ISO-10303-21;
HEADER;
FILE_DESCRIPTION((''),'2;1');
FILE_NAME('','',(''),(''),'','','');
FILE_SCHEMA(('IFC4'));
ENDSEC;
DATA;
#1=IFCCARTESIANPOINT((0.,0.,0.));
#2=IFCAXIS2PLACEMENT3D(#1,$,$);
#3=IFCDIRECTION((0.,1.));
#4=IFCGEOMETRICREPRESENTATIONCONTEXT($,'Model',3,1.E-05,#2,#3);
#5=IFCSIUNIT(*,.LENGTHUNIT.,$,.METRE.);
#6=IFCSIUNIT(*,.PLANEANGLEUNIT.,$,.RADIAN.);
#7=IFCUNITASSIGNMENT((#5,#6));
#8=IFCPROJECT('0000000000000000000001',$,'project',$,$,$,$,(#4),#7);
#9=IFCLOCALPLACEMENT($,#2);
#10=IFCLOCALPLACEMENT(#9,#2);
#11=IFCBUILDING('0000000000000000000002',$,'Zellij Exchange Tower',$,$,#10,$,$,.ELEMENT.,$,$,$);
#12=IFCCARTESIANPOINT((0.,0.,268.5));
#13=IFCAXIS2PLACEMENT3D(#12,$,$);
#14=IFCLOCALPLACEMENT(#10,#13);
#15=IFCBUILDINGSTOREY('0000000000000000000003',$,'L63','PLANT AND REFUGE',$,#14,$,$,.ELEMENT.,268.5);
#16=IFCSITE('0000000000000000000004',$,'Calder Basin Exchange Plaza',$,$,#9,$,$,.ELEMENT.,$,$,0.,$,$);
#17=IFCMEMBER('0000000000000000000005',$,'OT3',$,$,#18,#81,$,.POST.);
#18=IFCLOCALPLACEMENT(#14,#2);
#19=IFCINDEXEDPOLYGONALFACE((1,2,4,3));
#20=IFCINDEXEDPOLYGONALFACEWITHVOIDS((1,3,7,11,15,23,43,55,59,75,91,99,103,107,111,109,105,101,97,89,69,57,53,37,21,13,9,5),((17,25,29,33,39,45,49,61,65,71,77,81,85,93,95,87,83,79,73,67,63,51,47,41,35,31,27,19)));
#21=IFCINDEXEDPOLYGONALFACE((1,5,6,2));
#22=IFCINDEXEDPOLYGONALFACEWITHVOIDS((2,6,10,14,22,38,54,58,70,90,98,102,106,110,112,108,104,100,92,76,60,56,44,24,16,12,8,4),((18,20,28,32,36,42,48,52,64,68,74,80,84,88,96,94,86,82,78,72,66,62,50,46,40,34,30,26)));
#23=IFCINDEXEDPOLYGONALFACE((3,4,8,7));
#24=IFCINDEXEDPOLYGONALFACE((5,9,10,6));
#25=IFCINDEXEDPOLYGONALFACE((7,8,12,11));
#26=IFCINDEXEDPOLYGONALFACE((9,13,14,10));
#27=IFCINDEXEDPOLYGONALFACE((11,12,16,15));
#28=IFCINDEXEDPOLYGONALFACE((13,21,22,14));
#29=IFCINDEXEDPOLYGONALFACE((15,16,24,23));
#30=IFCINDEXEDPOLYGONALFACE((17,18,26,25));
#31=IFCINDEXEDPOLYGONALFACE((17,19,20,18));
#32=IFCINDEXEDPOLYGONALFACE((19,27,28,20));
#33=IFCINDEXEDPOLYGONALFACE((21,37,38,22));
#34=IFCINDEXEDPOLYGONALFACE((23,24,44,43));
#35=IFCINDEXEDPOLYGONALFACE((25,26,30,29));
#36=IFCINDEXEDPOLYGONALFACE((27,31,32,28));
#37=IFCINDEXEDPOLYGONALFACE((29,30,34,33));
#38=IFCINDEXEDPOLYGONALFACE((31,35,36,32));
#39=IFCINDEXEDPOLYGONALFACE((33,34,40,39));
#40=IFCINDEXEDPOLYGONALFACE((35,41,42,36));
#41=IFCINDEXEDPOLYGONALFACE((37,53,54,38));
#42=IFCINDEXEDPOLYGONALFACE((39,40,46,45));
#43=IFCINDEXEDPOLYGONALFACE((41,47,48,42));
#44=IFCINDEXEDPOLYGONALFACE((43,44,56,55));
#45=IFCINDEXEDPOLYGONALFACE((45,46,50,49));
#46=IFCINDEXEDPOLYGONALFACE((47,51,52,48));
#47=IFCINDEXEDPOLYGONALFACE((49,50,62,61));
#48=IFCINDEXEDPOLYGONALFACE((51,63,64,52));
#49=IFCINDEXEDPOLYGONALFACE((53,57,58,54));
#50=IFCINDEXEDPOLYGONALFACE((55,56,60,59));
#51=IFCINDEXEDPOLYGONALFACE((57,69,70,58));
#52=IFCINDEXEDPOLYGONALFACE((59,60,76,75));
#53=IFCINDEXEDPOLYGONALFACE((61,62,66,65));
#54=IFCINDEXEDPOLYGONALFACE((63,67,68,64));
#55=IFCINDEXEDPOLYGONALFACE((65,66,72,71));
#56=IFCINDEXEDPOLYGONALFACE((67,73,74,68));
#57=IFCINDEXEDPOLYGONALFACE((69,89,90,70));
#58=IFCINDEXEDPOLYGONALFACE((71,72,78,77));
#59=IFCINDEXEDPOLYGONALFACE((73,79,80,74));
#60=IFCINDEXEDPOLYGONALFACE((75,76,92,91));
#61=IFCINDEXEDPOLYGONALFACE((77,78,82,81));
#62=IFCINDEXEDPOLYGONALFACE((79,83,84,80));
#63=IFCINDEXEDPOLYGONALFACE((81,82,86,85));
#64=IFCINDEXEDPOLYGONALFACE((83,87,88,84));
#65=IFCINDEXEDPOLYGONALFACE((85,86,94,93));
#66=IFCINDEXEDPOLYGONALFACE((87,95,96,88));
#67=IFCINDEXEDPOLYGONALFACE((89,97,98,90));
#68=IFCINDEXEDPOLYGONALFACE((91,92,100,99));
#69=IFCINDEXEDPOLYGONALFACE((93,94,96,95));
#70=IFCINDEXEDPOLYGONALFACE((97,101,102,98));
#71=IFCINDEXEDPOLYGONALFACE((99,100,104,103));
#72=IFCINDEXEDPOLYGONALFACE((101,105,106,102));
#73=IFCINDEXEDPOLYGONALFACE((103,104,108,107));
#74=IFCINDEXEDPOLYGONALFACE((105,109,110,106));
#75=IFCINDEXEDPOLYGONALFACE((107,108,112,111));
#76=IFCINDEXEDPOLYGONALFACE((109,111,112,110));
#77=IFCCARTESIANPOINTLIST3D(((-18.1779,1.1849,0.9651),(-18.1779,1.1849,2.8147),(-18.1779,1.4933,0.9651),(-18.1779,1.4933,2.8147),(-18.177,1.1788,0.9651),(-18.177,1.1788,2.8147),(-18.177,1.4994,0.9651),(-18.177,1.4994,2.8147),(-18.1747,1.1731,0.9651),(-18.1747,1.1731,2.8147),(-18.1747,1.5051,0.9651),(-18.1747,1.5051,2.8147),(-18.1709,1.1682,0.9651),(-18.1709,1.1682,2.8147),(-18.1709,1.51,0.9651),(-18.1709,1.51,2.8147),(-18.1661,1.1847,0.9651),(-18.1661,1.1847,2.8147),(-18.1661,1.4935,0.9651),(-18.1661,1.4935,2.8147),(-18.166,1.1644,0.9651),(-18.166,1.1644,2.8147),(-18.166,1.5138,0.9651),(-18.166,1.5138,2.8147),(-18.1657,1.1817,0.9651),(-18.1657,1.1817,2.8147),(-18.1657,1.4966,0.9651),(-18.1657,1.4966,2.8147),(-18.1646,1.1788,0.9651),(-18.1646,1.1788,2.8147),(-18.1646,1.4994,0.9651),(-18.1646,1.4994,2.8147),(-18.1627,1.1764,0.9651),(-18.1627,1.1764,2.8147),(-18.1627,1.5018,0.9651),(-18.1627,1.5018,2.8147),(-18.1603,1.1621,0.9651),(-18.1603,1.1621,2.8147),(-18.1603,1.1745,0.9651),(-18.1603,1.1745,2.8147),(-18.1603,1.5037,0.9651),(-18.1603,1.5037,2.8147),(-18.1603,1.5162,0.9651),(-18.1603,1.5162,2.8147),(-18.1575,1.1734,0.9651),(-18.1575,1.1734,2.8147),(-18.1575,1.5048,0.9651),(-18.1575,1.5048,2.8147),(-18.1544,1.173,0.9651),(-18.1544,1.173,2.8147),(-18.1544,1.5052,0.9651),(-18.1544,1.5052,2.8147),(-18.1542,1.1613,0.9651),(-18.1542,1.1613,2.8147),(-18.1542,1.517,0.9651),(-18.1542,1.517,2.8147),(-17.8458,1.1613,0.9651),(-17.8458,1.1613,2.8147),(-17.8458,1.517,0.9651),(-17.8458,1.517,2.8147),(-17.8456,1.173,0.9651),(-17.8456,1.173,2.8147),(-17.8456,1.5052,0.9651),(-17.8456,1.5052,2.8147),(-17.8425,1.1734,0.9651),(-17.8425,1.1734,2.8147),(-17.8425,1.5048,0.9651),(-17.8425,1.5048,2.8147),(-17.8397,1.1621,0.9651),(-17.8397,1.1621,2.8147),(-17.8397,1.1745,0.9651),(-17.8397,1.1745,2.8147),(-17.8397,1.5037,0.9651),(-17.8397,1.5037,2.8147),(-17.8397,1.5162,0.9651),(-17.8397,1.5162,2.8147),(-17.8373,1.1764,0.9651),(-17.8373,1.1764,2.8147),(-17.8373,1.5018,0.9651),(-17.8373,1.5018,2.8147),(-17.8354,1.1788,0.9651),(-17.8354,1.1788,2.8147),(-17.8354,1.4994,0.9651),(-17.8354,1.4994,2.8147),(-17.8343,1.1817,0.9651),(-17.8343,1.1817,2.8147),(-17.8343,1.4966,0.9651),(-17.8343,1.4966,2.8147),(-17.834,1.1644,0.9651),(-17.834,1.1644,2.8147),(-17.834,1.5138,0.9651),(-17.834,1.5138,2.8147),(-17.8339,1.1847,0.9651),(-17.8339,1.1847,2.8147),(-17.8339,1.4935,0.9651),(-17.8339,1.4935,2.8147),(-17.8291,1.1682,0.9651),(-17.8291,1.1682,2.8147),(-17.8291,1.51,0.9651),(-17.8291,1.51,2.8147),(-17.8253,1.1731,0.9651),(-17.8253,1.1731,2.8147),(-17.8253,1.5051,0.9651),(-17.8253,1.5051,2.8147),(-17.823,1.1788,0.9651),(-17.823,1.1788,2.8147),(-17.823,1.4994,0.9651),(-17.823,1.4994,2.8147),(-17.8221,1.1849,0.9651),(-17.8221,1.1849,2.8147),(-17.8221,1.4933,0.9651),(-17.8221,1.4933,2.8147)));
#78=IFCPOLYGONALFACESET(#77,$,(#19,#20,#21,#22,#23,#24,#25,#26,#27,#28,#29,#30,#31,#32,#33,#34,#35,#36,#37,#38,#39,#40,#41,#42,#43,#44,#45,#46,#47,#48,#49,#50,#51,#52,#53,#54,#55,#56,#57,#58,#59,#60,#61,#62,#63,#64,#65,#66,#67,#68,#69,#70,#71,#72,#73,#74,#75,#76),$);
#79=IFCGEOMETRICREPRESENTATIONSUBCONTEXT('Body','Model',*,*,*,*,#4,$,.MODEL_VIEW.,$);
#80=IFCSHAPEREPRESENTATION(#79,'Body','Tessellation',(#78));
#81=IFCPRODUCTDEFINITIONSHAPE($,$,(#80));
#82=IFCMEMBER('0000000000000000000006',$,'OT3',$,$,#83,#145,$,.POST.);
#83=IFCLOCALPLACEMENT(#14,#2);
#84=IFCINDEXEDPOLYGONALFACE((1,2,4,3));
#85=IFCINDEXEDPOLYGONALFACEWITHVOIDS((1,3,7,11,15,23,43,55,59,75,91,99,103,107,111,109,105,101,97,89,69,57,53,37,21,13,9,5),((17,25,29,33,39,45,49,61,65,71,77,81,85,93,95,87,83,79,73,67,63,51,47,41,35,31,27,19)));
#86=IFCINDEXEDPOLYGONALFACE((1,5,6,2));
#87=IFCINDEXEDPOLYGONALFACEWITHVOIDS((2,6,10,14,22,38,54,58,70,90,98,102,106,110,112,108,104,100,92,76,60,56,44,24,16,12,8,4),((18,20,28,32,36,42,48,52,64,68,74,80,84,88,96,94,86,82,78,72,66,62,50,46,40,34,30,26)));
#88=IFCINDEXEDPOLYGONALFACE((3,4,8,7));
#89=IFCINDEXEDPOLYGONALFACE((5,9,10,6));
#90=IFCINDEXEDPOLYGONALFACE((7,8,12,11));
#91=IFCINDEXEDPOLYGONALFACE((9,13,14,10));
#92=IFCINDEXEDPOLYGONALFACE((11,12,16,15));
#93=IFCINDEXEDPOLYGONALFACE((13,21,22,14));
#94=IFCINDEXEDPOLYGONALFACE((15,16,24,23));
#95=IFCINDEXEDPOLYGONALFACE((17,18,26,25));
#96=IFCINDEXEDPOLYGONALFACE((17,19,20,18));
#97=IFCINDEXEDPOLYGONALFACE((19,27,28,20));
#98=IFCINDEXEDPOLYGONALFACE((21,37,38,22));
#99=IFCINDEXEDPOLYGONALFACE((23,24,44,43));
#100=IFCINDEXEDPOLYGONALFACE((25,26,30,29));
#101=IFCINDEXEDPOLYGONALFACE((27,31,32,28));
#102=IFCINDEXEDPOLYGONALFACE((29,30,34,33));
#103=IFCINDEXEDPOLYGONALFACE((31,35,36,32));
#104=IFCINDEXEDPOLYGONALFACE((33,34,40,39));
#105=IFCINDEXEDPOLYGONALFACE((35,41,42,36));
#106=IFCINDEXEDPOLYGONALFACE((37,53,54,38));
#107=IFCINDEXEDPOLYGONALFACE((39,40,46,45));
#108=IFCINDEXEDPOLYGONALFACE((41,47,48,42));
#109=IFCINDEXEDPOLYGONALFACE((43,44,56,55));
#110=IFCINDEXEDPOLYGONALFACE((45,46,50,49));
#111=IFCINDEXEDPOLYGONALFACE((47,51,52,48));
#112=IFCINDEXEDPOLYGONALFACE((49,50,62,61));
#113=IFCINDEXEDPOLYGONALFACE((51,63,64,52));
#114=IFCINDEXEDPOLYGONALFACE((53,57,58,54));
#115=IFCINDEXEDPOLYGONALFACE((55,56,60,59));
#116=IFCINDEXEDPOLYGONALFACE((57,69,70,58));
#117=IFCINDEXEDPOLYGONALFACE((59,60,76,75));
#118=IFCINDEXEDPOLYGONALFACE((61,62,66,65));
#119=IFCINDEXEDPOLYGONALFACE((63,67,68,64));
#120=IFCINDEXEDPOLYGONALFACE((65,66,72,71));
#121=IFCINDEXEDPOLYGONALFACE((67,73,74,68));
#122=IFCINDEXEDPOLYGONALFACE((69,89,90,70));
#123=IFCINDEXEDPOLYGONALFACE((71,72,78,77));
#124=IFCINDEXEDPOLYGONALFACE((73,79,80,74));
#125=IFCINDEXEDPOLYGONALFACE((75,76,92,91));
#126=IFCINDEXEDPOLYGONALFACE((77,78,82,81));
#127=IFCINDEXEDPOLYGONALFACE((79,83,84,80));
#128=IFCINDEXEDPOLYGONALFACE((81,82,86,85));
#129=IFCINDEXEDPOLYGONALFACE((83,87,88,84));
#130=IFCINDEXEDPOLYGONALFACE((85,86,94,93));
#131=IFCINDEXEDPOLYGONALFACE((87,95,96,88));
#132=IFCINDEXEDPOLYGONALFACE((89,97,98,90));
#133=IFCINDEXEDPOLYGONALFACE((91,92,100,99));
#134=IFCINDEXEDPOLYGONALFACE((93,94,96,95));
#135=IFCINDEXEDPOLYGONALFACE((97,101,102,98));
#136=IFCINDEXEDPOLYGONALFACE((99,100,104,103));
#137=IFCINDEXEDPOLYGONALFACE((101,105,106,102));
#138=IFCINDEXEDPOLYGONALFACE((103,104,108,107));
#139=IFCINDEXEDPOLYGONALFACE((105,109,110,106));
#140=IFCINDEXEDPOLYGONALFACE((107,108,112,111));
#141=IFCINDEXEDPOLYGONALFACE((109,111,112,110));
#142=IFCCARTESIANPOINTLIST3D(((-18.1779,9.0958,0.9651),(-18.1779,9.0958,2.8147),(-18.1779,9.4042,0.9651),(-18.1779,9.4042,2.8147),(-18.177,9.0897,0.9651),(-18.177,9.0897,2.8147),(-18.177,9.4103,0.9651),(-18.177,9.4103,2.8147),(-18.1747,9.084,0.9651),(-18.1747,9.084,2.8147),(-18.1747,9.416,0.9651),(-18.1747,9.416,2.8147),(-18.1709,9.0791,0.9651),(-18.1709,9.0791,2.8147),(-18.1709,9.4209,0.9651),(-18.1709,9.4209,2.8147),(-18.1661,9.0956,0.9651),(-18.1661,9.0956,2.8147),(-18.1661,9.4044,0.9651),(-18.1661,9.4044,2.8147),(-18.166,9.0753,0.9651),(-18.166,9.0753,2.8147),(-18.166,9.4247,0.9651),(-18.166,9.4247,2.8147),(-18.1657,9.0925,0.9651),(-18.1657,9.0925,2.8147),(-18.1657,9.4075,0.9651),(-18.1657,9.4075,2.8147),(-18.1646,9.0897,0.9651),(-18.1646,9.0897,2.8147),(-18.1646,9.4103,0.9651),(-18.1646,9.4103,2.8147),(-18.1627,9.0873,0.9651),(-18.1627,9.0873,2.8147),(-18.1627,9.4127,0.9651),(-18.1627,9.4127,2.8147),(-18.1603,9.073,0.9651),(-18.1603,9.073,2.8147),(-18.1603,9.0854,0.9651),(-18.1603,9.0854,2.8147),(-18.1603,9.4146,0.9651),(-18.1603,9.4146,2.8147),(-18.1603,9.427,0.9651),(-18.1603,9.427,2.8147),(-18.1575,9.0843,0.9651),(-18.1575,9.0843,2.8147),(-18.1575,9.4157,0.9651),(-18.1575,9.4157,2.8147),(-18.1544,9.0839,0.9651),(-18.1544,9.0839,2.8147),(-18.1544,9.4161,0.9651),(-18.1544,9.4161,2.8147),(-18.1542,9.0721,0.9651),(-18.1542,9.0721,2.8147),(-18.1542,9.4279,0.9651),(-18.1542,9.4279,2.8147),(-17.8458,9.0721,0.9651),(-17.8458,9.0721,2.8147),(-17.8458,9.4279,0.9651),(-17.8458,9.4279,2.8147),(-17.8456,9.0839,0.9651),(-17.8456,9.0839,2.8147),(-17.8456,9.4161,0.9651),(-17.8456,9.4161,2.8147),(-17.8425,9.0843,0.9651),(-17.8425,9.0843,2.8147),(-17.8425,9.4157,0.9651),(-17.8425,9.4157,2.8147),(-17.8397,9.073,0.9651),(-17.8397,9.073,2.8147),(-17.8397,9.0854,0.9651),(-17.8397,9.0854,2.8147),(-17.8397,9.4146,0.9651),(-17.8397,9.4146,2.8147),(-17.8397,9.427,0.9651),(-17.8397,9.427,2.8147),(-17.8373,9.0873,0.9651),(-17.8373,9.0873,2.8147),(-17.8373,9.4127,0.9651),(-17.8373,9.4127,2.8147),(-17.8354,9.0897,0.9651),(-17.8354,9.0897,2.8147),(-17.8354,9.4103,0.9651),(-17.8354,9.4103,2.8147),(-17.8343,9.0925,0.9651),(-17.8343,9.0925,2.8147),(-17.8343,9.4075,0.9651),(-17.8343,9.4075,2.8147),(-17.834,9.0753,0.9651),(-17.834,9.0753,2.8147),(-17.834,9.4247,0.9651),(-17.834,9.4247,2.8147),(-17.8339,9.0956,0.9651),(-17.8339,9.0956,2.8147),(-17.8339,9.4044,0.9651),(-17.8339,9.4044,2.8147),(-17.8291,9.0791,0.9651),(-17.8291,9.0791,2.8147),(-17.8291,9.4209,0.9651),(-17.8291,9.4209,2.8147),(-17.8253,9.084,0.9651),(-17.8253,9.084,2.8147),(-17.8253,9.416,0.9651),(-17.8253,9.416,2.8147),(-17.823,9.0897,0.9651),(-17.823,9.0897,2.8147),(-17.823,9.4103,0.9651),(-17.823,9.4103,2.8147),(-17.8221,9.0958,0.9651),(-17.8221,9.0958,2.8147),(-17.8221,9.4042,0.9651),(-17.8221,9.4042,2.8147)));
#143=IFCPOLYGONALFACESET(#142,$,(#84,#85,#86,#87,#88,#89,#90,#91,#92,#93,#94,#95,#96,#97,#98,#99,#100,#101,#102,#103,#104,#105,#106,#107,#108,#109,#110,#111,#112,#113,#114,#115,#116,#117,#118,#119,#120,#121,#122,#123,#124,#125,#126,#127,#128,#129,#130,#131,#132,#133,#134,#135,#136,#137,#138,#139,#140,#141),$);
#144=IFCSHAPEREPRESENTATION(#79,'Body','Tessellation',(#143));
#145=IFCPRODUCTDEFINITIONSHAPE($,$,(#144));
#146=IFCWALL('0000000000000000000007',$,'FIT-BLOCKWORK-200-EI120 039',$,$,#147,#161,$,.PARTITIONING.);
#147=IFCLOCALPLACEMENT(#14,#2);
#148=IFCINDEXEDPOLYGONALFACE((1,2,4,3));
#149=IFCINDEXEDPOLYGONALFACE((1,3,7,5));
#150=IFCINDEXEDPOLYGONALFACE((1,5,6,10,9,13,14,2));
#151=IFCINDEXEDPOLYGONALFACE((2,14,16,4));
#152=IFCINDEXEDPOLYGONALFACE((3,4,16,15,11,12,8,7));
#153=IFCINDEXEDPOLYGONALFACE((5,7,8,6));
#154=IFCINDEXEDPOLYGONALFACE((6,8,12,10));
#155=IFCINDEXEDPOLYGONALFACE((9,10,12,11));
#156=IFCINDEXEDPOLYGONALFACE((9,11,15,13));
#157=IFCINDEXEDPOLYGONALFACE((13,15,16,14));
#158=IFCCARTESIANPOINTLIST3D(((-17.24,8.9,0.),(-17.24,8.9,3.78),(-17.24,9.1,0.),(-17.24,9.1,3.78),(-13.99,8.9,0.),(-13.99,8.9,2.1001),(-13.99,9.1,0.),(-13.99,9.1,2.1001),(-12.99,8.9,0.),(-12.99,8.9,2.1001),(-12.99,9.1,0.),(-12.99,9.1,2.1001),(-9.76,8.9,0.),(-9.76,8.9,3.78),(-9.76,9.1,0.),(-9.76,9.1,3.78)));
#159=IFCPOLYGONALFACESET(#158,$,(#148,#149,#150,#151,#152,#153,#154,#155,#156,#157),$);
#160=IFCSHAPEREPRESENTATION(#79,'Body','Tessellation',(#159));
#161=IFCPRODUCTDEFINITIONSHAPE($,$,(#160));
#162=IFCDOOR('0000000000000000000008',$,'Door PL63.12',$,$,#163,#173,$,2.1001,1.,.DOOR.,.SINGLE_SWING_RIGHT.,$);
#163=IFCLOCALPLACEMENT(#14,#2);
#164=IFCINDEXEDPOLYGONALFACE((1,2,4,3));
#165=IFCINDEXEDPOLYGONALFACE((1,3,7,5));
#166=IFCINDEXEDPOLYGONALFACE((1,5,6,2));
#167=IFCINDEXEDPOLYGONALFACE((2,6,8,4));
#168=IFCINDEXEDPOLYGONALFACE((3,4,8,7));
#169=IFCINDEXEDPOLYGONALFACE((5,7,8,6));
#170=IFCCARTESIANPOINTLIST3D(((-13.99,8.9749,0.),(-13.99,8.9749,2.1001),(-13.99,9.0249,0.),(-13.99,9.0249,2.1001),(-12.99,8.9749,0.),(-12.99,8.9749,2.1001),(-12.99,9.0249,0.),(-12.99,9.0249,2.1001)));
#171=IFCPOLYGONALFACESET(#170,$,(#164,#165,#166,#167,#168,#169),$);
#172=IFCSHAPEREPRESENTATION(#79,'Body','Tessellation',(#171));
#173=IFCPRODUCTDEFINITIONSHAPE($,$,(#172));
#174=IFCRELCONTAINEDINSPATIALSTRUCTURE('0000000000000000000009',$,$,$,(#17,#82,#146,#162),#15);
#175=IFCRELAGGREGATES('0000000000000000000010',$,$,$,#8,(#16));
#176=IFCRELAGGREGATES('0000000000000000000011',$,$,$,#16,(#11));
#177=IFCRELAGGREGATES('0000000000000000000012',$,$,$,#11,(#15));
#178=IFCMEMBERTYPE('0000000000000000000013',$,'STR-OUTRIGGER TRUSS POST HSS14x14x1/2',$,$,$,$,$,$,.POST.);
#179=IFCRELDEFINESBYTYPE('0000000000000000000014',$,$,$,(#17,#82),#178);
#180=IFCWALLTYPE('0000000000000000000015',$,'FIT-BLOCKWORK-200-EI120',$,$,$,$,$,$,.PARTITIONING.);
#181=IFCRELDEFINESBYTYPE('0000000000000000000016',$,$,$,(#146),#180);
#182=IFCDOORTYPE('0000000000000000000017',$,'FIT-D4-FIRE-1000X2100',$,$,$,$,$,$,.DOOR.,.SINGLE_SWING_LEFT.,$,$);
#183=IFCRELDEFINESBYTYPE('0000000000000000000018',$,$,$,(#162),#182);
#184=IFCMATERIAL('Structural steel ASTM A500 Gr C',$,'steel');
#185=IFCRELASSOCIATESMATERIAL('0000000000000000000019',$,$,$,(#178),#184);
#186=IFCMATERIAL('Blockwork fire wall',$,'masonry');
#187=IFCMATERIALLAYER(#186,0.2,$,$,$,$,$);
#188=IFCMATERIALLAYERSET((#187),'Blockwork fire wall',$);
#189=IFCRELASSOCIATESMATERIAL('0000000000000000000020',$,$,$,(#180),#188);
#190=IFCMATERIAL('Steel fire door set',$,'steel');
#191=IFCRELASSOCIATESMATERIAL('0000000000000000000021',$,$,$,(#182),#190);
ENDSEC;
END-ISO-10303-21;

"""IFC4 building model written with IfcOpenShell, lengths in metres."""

from ifc_helpers import new_model, si_unit, direction, frame, frame_2d, origin, origin_2d, place, context, subcontext, project, spatial, rectangle, hollow_rectangle, extrude, material, layer, layer_set, material_profile, profile_set, type_object, element, fill, save


model = new_model("IFC4")

# Units and contexts
model_context = context("Model", 3, precision=1e-05, world=origin(), true_north=direction((0.0, 1.0)))
body_context = subcontext(model_context, "Body", "Model", "MODEL_VIEW")
ifc_project = project(units=[si_unit("LENGTHUNIT", "METRE"), si_unit("PLANEANGLEUNIT", "RADIAN")], contexts=[model_context])

# Site, building, storey
site_placement = place(None, origin())
site = spatial("IfcSite", under=ifc_project, at=site_placement, Name="Calder Basin Exchange Plaza", CompositionType="ELEMENT", RefElevation=0.0)
building_placement = place(site_placement, origin())
building = spatial("IfcBuilding", under=site, at=building_placement, Name="Zellij Exchange Tower", CompositionType="ELEMENT")
storey_placement = place(building_placement, frame((0.0, 0.0, 268.5)))
storey = spatial("IfcBuildingStorey", under=building, at=storey_placement, Name="L63", Description="PLANT AND REFUGE", CompositionType="ELEMENT", Elevation=268.5)

# Members
ifc_material_1 = material(Name="Structural steel ASTM A500 Gr C", Category="steel")
ifc_material_profile_1 = material_profile(ifc_material_1, hollow_rectangle(XDim=0.3557, YDim=0.3557, WallThickness=0.0117, InnerFilletRadius=0.0117, OuterFilletRadius=0.0237, at=origin_2d()), Name="STR-OUTRIGGER TRUSS POST HSS14x14x1/2")
ifc_profile_set_1 = profile_set([ifc_material_profile_1], Name="Structural steel ASTM A500 Gr C")
member_type_1 = type_object("IfcMemberType", Name="STR-OUTRIGGER TRUSS POST HSS14x14x1/2", PredefinedType="POST", material=ifc_profile_set_1)
for number, where, z_axis, x_axis, name in (
    (1, (-18.0, 1.3391, 0.9651), (0.0, 0.0, 1.0), (1.0, 0.0, 0.0), "OT3"),
    (2, (-18.0, 9.25, 0.9651), (0.0, 0.0, 1.0), (1.0, 0.0, 0.0), "OT3"),
):
    element("IfcMember", number, at=place(storey_placement, frame(where, z_axis=z_axis, x_axis=x_axis)), inside=storey, type_object=member_type_1, Name=name, PredefinedType="POST", context=body_context, shape_type="SweptSolid", body=[
        extrude(hollow_rectangle(XDim=0.3557, YDim=0.3557, WallThickness=0.0117, InnerFilletRadius=0.0117, OuterFilletRadius=0.0237, at=origin_2d()), origin(), (0.0, 0.0, 1.0), 1.8496),
    ])

# Wall, opening, door
ifc_material_2 = material(Name="Blockwork fire wall", Category="masonry")
ifc_layer = layer(ifc_material_2, 0.2)
ifc_layer_set = layer_set([ifc_layer], Name="Blockwork fire wall")
wall_type = type_object("IfcWallType", Name="FIT-BLOCKWORK-200-EI120", PredefinedType="PARTITIONING", material=ifc_layer_set)
wall_1_placement = place(storey_placement, frame((-17.24, 9.0, 0.0), z_axis=(0.0, 0.0, 1.0), x_axis=(1.0, 0.0, 0.0)))
wall_1 = element("IfcWall", 3, at=wall_1_placement, inside=storey, type_object=wall_type, Name="FIT-BLOCKWORK-200-EI120 039", PredefinedType="PARTITIONING", context=body_context, shape_type="SweptSolid", body=[
    extrude(rectangle(XDim=7.48, YDim=0.2, at=frame_2d((3.74, 0.0))), origin(), (0.0, 0.0, 1.0), 3.78),
])
opening_1_placement = place(wall_1_placement, frame((3.25, 0.0, 0.0)))
opening_1 = element("IfcOpeningElement", 4, at=opening_1_placement, cuts=wall_1, PredefinedType="OPENING", context=body_context, shape_type="SweptSolid", body=[
    extrude(rectangle(XDim=1.0, YDim=2.1001, at=frame_2d((0.5, 1.05))), frame((0.0, 0.1118, 0.0), z_axis=(0.0, -1.0, 0.0), x_axis=(1.0, 0.0, 0.0)), (0.0, 0.0, 1.0), 0.2239),
])
ifc_material_3 = material(Name="Steel fire door set", Category="steel")
door_type = type_object("IfcDoorType", Name="FIT-D4-FIRE-1000X2100", OperationType="SINGLE_SWING_LEFT", PredefinedType="DOOR", material=ifc_material_3)
door_1_placement = place(opening_1_placement, origin())
door_1 = element("IfcDoor", 5, at=door_1_placement, inside=storey, type_object=door_type, Name="Door PL63.12", OperationType="SINGLE_SWING_RIGHT", OverallHeight=2.1001, OverallWidth=1.0, PredefinedType="DOOR", context=body_context, shape_type="SweptSolid", body=[
    extrude(rectangle(XDim=1.0, YDim=2.1001, at=frame_2d((0.5, 1.05))), frame((0.0, 0.0249, 0.0), z_axis=(0.0, -1.0, 0.0), x_axis=(1.0, 0.0, 0.0)), (0.0, 0.0, 1.0), 0.05),
])
fill(opening_1, door_1)

save(model, "model.ifc")
